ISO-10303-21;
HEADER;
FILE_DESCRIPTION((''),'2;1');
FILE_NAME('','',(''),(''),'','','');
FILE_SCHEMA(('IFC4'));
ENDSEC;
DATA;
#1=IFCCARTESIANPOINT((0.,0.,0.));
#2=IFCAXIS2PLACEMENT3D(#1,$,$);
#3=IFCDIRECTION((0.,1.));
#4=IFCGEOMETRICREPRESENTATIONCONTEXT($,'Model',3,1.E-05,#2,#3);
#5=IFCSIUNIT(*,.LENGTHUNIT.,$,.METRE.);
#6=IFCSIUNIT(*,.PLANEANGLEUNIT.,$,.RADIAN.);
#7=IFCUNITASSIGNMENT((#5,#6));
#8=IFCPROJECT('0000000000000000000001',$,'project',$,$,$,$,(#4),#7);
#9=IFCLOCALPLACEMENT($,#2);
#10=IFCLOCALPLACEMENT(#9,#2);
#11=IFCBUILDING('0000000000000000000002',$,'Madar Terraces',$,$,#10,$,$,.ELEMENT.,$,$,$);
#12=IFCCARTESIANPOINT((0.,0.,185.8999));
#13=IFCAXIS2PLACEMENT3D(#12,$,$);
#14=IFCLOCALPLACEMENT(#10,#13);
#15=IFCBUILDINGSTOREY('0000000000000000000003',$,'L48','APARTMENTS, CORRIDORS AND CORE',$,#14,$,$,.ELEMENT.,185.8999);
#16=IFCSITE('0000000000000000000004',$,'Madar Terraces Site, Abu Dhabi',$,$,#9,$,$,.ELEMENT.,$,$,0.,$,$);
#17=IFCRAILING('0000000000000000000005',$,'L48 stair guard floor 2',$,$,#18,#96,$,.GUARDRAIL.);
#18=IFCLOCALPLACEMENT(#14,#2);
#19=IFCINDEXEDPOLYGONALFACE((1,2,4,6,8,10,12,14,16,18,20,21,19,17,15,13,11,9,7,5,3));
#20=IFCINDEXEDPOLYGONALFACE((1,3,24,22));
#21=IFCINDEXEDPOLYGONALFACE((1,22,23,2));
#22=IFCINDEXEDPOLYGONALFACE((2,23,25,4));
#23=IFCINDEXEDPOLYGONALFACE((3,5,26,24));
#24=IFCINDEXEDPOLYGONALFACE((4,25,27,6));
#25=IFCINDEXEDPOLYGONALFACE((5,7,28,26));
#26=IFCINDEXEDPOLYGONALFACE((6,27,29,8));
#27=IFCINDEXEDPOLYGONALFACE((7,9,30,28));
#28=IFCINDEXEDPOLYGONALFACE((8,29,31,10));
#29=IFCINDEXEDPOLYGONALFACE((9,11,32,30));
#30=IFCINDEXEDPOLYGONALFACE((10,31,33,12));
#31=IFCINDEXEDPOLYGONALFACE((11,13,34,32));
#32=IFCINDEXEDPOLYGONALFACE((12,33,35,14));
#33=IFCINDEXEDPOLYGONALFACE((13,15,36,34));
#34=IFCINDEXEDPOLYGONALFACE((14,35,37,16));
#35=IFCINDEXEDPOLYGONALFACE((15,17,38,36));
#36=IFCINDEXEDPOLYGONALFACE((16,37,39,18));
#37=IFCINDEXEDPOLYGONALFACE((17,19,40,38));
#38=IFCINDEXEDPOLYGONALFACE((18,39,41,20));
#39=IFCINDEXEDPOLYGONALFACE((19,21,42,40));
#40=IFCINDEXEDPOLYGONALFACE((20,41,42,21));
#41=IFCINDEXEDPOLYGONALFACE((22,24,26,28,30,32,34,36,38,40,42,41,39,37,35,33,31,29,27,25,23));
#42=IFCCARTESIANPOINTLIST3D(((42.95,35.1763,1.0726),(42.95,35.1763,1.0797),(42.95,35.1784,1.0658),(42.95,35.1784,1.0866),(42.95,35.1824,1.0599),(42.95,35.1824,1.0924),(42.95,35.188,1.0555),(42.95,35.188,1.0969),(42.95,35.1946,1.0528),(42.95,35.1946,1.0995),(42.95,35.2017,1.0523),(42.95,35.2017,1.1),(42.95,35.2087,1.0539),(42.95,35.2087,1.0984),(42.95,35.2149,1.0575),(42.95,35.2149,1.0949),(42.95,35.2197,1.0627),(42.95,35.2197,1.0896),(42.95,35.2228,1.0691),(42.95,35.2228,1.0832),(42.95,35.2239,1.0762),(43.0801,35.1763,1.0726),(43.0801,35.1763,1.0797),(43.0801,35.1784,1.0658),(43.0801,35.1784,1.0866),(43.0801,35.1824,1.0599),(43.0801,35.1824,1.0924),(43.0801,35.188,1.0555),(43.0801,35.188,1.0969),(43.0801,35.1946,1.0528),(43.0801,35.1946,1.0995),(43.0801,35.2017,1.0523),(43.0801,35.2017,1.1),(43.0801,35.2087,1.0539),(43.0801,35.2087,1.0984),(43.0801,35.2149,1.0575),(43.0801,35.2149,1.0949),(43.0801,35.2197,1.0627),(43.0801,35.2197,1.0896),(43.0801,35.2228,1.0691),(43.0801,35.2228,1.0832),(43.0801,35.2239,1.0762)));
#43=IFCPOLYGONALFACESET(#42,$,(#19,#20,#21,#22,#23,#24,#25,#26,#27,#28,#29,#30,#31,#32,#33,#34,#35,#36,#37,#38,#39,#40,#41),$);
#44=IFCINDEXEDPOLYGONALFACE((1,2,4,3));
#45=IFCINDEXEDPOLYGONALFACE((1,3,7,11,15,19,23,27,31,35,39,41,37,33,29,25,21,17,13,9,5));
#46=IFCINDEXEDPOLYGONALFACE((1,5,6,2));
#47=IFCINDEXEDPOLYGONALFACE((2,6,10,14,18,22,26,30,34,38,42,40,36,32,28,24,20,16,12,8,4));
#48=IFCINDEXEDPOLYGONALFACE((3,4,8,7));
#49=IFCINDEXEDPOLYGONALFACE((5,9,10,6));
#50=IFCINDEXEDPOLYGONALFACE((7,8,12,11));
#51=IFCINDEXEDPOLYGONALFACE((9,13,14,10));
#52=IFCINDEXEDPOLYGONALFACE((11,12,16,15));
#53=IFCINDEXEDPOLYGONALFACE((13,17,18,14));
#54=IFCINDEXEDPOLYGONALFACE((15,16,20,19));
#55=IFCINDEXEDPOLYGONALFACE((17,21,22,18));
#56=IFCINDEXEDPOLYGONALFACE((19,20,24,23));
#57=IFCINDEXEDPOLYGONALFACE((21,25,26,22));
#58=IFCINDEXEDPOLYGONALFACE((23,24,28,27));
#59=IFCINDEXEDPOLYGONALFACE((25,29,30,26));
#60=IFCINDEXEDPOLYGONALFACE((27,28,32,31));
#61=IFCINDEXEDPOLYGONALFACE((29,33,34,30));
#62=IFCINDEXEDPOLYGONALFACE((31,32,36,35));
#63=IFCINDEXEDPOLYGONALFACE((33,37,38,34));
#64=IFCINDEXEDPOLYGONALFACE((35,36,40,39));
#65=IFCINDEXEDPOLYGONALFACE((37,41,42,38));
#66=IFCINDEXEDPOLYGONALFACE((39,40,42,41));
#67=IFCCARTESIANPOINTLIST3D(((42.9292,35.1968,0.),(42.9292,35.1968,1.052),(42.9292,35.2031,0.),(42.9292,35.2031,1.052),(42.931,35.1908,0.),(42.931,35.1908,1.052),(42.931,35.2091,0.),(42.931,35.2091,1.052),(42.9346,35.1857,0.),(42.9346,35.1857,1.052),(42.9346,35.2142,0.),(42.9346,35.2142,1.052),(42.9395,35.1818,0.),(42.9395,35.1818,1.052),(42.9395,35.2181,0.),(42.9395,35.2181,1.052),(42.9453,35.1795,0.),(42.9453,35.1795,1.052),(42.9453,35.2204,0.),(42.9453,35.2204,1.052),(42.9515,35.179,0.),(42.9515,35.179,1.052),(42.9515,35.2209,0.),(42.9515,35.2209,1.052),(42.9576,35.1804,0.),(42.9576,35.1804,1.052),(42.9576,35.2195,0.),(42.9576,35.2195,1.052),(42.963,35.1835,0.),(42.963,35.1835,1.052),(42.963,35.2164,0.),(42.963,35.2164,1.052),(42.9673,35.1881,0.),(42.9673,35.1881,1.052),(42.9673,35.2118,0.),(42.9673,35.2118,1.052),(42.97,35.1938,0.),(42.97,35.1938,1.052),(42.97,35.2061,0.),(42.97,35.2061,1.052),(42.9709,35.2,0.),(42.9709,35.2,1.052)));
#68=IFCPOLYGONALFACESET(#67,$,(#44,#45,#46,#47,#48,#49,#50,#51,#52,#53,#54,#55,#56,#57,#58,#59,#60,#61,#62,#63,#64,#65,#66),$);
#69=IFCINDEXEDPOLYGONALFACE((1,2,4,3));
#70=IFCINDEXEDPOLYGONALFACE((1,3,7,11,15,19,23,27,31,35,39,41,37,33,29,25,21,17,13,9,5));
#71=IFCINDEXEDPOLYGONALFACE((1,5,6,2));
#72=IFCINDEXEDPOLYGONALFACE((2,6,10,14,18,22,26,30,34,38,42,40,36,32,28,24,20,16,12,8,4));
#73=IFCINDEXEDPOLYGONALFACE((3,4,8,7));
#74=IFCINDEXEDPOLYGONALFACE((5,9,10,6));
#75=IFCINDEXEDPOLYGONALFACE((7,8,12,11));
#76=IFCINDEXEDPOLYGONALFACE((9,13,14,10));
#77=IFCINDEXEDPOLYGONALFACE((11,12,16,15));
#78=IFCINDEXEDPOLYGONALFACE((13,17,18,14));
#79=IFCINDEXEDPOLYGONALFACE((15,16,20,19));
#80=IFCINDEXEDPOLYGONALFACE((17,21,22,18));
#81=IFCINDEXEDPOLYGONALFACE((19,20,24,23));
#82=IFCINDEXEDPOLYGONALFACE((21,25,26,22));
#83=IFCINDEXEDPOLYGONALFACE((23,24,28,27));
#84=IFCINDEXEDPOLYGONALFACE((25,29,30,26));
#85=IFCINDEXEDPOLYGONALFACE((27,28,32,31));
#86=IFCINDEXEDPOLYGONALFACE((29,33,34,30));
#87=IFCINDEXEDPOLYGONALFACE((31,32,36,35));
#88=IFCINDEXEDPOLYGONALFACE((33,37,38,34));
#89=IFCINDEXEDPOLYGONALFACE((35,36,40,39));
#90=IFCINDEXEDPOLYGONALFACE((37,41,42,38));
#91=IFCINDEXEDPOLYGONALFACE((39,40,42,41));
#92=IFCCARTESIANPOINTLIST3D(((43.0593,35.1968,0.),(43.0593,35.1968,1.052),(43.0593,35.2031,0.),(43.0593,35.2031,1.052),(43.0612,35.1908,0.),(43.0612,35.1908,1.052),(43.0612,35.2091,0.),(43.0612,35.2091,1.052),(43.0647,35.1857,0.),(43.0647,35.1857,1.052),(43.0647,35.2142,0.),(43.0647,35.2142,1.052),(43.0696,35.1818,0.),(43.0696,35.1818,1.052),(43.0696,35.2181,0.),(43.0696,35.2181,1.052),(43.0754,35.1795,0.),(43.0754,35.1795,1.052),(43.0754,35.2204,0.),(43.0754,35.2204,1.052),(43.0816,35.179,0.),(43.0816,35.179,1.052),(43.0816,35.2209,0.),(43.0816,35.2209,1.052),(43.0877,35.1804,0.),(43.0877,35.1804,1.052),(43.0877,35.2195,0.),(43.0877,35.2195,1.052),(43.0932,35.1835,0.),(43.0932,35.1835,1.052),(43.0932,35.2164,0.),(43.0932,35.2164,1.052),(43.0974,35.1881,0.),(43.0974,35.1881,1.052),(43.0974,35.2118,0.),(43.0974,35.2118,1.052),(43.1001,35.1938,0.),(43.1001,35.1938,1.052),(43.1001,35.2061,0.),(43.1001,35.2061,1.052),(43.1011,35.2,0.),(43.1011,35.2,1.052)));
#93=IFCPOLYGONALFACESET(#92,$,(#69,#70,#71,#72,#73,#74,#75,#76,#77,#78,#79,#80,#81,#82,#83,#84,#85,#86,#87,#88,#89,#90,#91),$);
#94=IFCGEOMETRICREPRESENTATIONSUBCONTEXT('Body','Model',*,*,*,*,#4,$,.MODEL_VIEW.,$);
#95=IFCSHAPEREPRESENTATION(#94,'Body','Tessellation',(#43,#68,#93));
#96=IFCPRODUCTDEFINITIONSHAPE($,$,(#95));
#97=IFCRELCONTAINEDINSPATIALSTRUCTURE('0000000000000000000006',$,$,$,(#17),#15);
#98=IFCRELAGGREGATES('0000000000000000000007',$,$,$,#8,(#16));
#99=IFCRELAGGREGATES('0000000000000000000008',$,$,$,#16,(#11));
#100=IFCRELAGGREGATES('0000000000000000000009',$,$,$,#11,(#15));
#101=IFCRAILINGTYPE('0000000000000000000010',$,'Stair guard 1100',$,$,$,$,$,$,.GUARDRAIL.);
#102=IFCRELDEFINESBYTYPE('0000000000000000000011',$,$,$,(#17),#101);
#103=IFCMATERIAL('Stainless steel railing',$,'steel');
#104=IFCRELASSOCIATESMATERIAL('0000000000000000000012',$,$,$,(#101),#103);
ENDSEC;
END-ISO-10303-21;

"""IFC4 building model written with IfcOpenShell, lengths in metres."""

from ifc_helpers import new_model, si_unit, direction, frame, origin, origin_2d, place, context, subcontext, project, spatial, circle, extrude, material, type_object, element, save


model = new_model("IFC4")

# Units and contexts
model_context = context("Model", 3, precision=1e-05, world=origin(), true_north=direction((0.0, 1.0)))
body_context = subcontext(model_context, "Body", "Model", "MODEL_VIEW")
ifc_project = project(units=[si_unit("LENGTHUNIT", "METRE"), si_unit("PLANEANGLEUNIT", "RADIAN")], contexts=[model_context])

# Site, building, storey
site_placement = place(None, origin())
site = spatial("IfcSite", under=ifc_project, at=site_placement, Name="Madar Terraces Site, Abu Dhabi", CompositionType="ELEMENT", RefElevation=0.0)
building_placement = place(site_placement, origin())
building = spatial("IfcBuilding", under=site, at=building_placement, Name="Madar Terraces", CompositionType="ELEMENT")
storey_placement = place(building_placement, frame((0.0, 0.0, 185.8999)))
storey = spatial("IfcBuildingStorey", under=building, at=storey_placement, Name="L48", Description="APARTMENTS, CORRIDORS AND CORE", CompositionType="ELEMENT", Elevation=185.8999)

# Railing
ifc_material_1 = material(Name="Stainless steel railing", Category="steel")
railing_type_1 = type_object("IfcRailingType", Name="Stair guard 1100", PredefinedType="GUARDRAIL", material=ifc_material_1)
railing_1_placement = place(storey_placement, frame((42.95, 35.2, 0.0)))
element("IfcRailing", 1, at=railing_1_placement, inside=storey, type_object=railing_type_1, Name="L48 stair guard floor 2", PredefinedType="GUARDRAIL", context=body_context, shape_type="SweptSolid", body=[
    extrude(circle(Radius=0.0239, at=origin_2d()), frame((0.0, 0.0, 1.0762), z_axis=(1.0, 0.0, 0.0), x_axis=(0.0, 1.0, 0.0)), (0.0, 0.0, 1.0), 0.1301),
    extrude(circle(Radius=0.021, at=origin_2d()), origin(), (0.0, 0.0, 1.0), 1.052),
    extrude(circle(Radius=0.021, at=origin_2d()), frame((0.1301, 0.0, 0.0)), (0.0, 0.0, 1.0), 1.052),
])

save(model, "model.ifc")
